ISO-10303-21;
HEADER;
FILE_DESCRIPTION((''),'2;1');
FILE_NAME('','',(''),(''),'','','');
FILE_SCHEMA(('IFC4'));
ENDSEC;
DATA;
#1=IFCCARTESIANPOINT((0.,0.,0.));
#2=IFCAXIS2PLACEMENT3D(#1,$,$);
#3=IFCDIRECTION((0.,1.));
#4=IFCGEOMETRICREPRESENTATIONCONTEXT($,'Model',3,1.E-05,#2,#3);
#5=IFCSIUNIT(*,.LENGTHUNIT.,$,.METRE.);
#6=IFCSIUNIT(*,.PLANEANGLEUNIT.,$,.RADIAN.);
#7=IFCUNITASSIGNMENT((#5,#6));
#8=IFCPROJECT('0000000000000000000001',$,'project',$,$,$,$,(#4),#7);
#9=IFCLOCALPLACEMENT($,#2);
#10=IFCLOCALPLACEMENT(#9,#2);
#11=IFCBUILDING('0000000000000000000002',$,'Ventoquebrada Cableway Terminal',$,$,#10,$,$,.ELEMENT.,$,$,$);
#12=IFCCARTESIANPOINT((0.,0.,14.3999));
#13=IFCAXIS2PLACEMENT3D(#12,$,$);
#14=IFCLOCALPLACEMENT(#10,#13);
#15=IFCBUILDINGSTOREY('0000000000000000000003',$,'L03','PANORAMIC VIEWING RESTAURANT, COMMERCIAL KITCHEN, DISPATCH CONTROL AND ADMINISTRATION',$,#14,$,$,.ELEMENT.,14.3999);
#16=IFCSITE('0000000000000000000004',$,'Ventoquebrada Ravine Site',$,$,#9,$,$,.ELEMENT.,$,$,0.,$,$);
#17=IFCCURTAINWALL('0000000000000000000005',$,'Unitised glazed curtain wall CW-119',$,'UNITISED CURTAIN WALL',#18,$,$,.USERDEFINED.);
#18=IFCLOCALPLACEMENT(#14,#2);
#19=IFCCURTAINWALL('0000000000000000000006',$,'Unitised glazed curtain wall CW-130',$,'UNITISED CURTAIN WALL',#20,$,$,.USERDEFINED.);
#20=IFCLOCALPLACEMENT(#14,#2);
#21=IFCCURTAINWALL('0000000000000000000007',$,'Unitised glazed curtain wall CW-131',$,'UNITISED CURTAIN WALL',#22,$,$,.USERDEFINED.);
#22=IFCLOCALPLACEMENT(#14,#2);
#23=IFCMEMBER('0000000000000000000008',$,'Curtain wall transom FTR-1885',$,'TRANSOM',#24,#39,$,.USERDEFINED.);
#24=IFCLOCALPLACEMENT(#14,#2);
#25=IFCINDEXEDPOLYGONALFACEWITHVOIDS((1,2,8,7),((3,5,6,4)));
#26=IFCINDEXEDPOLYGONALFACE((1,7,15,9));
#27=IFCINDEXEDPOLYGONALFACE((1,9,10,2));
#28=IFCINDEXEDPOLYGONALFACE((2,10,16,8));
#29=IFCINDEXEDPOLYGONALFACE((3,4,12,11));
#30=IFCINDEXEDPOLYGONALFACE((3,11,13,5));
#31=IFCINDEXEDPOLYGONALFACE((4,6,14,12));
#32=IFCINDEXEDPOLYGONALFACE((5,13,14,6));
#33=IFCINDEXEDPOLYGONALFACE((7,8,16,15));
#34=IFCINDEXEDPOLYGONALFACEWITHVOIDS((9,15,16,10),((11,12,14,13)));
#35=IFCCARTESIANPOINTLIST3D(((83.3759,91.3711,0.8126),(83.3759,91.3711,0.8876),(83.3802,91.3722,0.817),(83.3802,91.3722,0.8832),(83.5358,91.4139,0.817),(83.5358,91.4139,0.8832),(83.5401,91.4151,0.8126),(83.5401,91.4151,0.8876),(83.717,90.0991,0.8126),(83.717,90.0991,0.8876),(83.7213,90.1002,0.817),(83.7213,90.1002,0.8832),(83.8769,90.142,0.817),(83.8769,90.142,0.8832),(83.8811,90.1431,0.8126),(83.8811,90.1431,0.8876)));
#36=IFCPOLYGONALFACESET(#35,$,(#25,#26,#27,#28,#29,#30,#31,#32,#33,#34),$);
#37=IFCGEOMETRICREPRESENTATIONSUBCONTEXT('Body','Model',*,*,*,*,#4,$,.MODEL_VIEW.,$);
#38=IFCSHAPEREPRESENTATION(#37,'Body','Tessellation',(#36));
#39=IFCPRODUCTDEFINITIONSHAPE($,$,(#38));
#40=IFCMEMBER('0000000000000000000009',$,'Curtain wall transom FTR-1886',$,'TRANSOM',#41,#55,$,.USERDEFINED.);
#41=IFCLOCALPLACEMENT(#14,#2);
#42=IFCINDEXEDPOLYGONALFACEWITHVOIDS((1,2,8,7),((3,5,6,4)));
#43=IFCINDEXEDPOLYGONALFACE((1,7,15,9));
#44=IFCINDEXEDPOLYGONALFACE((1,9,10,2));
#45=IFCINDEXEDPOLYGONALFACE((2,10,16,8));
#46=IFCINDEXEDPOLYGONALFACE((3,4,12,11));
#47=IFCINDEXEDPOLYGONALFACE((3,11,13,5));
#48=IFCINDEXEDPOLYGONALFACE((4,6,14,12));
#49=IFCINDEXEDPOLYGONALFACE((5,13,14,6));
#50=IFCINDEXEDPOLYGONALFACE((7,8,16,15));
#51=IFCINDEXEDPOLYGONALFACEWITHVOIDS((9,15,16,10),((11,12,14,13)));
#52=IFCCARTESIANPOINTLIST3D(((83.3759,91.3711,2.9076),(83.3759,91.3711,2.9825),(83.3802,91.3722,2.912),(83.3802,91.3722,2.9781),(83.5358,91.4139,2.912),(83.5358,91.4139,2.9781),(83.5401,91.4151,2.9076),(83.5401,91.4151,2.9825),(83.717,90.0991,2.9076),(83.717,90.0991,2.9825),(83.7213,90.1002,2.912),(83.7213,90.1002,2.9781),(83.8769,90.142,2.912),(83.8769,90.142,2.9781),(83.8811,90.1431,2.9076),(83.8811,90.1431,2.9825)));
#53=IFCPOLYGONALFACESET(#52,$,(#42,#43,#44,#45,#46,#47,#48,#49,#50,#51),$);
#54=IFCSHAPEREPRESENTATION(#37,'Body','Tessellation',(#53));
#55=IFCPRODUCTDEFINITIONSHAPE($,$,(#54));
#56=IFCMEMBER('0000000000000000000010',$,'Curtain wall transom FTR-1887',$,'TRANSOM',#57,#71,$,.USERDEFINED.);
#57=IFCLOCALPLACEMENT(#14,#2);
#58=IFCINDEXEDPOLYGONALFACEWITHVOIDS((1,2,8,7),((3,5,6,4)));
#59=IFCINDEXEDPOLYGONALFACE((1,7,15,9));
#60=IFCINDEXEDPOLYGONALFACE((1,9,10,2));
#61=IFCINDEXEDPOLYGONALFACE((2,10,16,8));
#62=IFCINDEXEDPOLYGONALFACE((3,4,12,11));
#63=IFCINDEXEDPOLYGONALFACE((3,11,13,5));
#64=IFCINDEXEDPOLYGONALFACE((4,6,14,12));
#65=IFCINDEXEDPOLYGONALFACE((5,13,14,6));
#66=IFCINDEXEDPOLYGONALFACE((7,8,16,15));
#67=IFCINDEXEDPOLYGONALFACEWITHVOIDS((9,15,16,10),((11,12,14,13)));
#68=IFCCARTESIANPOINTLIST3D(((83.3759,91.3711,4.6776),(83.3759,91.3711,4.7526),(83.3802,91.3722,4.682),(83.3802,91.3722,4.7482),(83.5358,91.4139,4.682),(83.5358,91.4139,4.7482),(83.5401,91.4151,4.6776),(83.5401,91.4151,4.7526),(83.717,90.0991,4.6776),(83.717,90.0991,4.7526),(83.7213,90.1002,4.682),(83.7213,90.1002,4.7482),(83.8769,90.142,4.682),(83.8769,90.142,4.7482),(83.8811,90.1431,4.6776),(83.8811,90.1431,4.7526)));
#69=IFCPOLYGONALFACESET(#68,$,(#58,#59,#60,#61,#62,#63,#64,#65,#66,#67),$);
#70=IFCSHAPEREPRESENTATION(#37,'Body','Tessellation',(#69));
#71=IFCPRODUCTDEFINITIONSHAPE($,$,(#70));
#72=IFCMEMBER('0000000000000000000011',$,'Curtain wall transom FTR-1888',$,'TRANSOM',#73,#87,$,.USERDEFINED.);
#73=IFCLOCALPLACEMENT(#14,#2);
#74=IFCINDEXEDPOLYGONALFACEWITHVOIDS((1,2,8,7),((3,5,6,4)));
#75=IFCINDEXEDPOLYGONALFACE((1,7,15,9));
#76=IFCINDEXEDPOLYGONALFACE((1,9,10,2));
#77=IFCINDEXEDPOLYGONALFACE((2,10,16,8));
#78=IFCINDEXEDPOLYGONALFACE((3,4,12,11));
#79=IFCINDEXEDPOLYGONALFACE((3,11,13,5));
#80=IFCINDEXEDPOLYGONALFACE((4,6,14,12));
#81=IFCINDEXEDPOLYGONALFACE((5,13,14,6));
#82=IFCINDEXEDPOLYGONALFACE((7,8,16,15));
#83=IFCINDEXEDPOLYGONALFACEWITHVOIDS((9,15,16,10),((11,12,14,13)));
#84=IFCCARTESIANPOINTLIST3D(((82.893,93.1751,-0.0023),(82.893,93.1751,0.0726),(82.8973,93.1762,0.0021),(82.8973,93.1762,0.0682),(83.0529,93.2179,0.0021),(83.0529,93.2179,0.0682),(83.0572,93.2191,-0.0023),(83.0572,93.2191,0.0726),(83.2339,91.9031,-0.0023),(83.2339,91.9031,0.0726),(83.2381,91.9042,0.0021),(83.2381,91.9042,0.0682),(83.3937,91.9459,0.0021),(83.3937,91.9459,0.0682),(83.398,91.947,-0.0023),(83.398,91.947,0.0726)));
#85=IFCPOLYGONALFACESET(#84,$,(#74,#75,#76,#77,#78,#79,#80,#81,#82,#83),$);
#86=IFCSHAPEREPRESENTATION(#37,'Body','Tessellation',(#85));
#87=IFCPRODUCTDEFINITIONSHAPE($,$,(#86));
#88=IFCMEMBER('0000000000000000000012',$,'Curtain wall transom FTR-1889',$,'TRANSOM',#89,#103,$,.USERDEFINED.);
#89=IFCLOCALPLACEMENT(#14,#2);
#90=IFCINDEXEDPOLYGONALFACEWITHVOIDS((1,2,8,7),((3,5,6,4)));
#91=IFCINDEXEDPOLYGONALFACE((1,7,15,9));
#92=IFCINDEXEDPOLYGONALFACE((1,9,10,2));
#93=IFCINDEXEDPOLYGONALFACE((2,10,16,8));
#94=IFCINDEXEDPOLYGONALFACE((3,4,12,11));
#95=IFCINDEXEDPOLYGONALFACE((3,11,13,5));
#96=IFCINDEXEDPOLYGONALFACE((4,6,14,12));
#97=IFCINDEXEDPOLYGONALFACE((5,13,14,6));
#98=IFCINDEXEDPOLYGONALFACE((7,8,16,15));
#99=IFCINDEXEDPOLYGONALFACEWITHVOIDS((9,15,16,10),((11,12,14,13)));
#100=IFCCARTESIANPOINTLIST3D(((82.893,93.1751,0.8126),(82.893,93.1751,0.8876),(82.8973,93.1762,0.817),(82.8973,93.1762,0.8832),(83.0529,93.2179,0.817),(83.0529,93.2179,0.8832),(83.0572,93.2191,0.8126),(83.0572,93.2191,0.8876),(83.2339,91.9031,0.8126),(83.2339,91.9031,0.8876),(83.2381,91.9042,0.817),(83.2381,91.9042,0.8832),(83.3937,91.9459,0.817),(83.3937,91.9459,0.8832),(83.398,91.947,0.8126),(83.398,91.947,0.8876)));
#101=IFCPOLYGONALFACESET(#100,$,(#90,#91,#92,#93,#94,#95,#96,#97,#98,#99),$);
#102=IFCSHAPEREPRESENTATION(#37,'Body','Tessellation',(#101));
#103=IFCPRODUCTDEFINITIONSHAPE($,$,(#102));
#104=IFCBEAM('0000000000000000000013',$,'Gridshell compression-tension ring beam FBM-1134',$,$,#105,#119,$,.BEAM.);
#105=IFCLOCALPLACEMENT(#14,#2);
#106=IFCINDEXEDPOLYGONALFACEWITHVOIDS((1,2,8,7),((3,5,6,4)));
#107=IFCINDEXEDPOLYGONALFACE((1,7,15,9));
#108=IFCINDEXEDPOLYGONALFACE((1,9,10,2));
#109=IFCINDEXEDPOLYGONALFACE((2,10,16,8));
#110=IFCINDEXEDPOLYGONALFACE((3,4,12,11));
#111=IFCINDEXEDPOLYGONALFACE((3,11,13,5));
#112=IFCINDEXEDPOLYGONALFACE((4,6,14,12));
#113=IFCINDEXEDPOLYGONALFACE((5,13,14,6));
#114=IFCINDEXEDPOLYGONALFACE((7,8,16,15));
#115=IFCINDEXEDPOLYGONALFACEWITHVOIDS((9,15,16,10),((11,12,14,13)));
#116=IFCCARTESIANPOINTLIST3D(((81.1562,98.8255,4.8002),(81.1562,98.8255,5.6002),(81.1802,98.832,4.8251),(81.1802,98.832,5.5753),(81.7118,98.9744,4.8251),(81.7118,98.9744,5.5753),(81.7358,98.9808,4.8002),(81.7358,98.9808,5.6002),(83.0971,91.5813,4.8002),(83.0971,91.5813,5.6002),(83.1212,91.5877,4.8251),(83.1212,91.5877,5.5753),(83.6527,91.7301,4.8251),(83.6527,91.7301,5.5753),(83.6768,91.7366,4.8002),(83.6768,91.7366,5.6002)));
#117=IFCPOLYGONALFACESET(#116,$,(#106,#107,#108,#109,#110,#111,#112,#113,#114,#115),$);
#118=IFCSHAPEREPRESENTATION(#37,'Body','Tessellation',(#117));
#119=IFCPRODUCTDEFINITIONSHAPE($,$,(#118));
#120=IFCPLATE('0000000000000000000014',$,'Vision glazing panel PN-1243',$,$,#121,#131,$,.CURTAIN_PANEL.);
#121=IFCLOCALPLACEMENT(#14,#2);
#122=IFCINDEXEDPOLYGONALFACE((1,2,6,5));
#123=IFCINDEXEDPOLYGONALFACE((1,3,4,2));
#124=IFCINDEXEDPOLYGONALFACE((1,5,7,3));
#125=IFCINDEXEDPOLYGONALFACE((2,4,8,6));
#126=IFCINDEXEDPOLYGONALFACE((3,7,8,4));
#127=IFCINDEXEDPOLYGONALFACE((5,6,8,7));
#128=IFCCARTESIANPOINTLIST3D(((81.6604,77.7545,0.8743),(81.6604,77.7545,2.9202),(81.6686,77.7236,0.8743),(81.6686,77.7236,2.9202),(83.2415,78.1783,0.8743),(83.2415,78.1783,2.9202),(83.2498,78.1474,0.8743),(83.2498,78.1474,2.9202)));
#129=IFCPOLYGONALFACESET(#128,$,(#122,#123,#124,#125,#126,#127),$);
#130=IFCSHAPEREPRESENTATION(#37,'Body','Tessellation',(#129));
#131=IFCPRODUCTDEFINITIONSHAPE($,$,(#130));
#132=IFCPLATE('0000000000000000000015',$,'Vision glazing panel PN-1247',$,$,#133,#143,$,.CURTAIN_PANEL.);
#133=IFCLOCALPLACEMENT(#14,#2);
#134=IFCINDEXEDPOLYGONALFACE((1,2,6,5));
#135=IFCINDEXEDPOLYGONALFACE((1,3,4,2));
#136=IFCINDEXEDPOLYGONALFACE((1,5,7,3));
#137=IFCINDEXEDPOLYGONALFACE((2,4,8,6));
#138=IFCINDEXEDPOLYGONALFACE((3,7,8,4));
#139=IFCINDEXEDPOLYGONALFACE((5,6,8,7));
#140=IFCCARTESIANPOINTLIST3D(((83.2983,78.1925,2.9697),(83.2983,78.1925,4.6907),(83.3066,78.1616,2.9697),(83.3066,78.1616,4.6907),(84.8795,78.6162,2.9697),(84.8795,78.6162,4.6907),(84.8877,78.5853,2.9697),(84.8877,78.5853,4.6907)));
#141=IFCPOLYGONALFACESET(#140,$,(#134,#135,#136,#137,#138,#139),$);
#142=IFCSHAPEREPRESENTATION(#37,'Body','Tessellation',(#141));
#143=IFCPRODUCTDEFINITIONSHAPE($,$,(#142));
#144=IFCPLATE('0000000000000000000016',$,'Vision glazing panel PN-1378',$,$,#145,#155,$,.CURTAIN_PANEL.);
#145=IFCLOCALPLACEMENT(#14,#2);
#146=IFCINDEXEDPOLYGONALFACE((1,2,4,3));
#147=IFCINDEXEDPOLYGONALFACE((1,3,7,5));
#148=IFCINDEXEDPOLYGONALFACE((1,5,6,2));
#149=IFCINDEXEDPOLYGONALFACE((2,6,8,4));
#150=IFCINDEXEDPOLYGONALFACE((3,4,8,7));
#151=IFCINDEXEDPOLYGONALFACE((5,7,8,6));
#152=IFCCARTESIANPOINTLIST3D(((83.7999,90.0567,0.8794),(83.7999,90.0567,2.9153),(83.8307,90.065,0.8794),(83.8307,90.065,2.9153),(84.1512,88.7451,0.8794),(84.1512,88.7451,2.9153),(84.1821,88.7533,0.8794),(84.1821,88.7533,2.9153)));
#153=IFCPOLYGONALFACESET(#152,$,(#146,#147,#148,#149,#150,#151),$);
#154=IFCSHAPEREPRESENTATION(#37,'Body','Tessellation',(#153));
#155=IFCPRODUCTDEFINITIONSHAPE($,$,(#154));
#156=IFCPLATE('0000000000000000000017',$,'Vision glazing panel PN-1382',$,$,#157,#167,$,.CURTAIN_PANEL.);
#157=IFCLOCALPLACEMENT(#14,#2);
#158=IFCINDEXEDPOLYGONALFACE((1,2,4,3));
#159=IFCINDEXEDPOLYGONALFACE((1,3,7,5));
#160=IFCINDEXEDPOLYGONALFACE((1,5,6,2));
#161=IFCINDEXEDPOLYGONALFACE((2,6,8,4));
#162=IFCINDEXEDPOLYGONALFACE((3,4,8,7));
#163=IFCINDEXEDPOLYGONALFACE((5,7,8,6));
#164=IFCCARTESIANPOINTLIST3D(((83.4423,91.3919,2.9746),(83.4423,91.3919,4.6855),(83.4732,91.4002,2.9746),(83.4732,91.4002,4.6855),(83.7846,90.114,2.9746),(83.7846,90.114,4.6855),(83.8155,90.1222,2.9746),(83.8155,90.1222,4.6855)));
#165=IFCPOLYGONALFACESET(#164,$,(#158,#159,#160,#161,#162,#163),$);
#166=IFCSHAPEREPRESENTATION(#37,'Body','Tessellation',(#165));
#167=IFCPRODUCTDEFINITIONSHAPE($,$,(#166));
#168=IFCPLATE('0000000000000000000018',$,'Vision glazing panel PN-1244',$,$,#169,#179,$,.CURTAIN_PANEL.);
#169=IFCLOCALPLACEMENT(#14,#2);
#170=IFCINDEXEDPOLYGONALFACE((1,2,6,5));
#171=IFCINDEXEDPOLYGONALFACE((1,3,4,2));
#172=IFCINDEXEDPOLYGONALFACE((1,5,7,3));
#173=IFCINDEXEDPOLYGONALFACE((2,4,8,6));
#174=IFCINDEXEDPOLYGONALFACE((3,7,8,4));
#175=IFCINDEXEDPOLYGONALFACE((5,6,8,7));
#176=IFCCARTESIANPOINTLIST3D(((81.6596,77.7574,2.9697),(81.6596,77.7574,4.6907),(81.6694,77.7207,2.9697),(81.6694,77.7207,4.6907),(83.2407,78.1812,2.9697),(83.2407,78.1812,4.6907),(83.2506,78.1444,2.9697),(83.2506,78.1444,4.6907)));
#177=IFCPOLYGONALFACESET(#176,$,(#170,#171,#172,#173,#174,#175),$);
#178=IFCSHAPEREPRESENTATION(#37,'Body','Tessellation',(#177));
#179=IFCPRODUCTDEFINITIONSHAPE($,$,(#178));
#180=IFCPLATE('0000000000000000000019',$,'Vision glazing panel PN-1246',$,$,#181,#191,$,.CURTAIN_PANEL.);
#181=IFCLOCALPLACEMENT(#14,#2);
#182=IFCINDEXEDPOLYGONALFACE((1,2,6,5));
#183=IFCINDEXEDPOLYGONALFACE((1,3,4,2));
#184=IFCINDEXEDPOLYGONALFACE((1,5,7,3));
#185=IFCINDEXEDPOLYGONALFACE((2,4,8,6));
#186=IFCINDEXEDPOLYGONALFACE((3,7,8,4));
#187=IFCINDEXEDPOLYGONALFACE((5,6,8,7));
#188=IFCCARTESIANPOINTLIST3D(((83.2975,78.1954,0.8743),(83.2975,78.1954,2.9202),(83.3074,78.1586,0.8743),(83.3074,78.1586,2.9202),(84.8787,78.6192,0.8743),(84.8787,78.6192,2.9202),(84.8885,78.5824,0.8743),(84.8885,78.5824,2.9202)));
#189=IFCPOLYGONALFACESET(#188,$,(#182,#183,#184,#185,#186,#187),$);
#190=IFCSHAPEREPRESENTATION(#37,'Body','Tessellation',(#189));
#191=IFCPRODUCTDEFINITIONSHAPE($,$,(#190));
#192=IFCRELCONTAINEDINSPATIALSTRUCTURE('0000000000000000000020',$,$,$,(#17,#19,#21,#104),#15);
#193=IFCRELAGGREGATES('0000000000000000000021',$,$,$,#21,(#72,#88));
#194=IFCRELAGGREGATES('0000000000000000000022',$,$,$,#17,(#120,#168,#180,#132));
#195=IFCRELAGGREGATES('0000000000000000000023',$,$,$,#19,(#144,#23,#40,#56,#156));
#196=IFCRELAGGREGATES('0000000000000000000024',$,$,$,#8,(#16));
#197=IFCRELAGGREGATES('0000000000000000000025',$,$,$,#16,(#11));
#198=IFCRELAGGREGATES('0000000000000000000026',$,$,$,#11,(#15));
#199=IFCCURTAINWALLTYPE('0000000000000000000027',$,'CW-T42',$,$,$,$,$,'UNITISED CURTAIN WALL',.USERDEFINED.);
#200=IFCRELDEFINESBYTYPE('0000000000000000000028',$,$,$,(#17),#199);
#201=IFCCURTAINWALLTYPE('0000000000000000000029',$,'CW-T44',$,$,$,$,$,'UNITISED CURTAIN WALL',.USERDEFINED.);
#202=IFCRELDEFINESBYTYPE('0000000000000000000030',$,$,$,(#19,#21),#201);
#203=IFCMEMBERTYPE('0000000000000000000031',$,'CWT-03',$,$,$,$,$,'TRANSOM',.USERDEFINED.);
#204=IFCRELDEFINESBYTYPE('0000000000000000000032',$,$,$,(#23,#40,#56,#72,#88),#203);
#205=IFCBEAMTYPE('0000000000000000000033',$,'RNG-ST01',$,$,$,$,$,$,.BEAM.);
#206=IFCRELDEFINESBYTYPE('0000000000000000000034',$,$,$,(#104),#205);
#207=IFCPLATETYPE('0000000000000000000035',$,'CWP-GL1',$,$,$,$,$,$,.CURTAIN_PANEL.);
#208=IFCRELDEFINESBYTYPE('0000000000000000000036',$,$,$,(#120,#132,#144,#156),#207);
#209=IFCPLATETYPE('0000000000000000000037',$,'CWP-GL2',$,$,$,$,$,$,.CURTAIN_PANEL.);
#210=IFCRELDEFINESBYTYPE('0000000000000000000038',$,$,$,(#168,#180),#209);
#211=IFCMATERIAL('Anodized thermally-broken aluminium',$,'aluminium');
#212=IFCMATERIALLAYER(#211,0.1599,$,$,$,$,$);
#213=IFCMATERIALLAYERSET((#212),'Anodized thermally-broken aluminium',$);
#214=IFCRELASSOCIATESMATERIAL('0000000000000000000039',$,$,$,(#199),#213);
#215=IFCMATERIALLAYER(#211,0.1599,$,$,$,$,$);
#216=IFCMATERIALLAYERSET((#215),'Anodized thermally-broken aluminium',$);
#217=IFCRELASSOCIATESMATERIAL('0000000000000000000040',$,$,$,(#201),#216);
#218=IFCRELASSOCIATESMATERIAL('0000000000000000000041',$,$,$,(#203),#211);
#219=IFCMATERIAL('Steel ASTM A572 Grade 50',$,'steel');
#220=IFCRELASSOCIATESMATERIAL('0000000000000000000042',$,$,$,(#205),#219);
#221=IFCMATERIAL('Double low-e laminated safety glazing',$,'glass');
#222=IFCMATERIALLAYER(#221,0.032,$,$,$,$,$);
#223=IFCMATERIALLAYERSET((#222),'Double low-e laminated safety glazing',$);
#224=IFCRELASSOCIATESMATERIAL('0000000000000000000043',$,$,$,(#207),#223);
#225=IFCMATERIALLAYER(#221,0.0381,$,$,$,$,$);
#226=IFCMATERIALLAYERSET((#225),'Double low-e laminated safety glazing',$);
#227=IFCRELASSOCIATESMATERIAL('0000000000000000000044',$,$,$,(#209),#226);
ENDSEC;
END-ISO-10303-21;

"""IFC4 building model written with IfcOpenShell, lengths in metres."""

from ifc_helpers import new_model, si_unit, direction, frame, origin, origin_2d, place, context, subcontext, project, spatial, rectangle, hollow_rectangle, extrude, material, layer, layer_set, material_profile, profile_set, type_object, element, aggregate, save


model = new_model("IFC4")

# Units and contexts
model_context = context("Model", 3, precision=1e-05, world=origin(), true_north=direction((0.0, 1.0)))
body_context = subcontext(model_context, "Body", "Model", "MODEL_VIEW")
ifc_project = project(units=[si_unit("LENGTHUNIT", "METRE"), si_unit("PLANEANGLEUNIT", "RADIAN")], contexts=[model_context])

# Site, building, storey
site_placement = place(None, origin())
site = spatial("IfcSite", under=ifc_project, at=site_placement, Name="Ventoquebrada Ravine Site", CompositionType="ELEMENT", RefElevation=0.0)
building_placement = place(site_placement, origin())
building = spatial("IfcBuilding", under=site, at=building_placement, Name="Ventoquebrada Cableway Terminal", CompositionType="ELEMENT")
storey_placement = place(building_placement, frame((0.0, 0.0, 14.3999)))
storey = spatial("IfcBuildingStorey", under=building, at=storey_placement, Name="L03", Description="PANORAMIC VIEWING RESTAURANT, COMMERCIAL KITCHEN, DISPATCH CONTROL AND ADMINISTRATION", CompositionType="ELEMENT", Elevation=14.3999)

# Curtain walls
ifc_material_1 = material(Name="Anodized thermally-broken aluminium", Category="aluminium")
ifc_layer_1 = layer(ifc_material_1, 0.1599)
ifc_layer_set_1 = layer_set([ifc_layer_1], Name="Anodized thermally-broken aluminium")
curtain_wall_type_1 = type_object("IfcCurtainWallType", Name="CW-T42", ElementType="UNITISED CURTAIN WALL", PredefinedType="USERDEFINED", material=ifc_layer_set_1)
curtain_wall_1_placement = place(storey_placement, origin())
curtain_wall_1 = element("IfcCurtainWall", 1, at=curtain_wall_1_placement, inside=storey, type_object=curtain_wall_type_1, Name="Unitised glazed curtain wall CW-119", ObjectType="UNITISED CURTAIN WALL", PredefinedType="USERDEFINED")
ifc_layer_2 = layer(ifc_material_1, 0.1599)
ifc_layer_set_2 = layer_set([ifc_layer_2], Name="Anodized thermally-broken aluminium")
curtain_wall_type_2 = type_object("IfcCurtainWallType", Name="CW-T44", ElementType="UNITISED CURTAIN WALL", PredefinedType="USERDEFINED", material=ifc_layer_set_2)
curtain_wall_2_placement = place(storey_placement, origin())
curtain_wall_2 = element("IfcCurtainWall", 2, at=curtain_wall_2_placement, inside=storey, type_object=curtain_wall_type_2, Name="Unitised glazed curtain wall CW-130", ObjectType="UNITISED CURTAIN WALL", PredefinedType="USERDEFINED")

# Curtain wall
curtain_wall_3_placement = place(storey_placement, origin())
curtain_wall_3 = element("IfcCurtainWall", 3, at=curtain_wall_3_placement, inside=storey, type_object=curtain_wall_type_2, Name="Unitised glazed curtain wall CW-131", ObjectType="UNITISED CURTAIN WALL", PredefinedType="USERDEFINED")

# Members
ifc_material_profile_1 = material_profile(ifc_material_1, hollow_rectangle(XDim=0.075, YDim=0.1699, WallThickness=0.0044, at=origin_2d()), Name="CW-TRN-75X170")
ifc_profile_set_1 = profile_set([ifc_material_profile_1], Name="Anodized thermally-broken aluminium")
member_type_1 = type_object("IfcMemberType", Name="CWT-03", ElementType="TRANSOM", PredefinedType="USERDEFINED", material=ifc_profile_set_1)
member_1_placement = place(storey_placement, frame((83.7991, 90.1211, 0.8501), z_axis=(-0.258989, 0.96588, 0.0), x_axis=(0.0, 0.0, 1.0)))
member_1 = element("IfcMember", 4, at=member_1_placement, type_object=member_type_1, Name="Curtain wall transom FTR-1885", ObjectType="TRANSOM", PredefinedType="USERDEFINED", context=body_context, shape_type="SweptSolid", body=[
    extrude(hollow_rectangle(XDim=0.075, YDim=0.1699, WallThickness=0.0044, at=origin_2d()), origin(), (0.0, 0.0, 1.0), 1.3169),
])
member_2_placement = place(storey_placement, frame((83.7991, 90.1211, 2.9451), z_axis=(-0.258989, 0.96588, 0.0), x_axis=(0.0, 0.0, 1.0)))
member_2 = element("IfcMember", 5, at=member_2_placement, type_object=member_type_1, Name="Curtain wall transom FTR-1886", ObjectType="TRANSOM", PredefinedType="USERDEFINED", context=body_context, shape_type="SweptSolid", body=[
    extrude(hollow_rectangle(XDim=0.075, YDim=0.1699, WallThickness=0.0044, at=origin_2d()), origin(), (0.0, 0.0, 1.0), 1.3169),
])
member_3_placement = place(storey_placement, frame((83.7991, 90.1211, 4.7151), z_axis=(-0.258989, 0.96588, 0.0), x_axis=(0.0, 0.0, 1.0)))
member_3 = element("IfcMember", 6, at=member_3_placement, type_object=member_type_1, Name="Curtain wall transom FTR-1887", ObjectType="TRANSOM", PredefinedType="USERDEFINED", context=body_context, shape_type="SweptSolid", body=[
    extrude(hollow_rectangle(XDim=0.075, YDim=0.1699, WallThickness=0.0044, at=origin_2d()), origin(), (0.0, 0.0, 1.0), 1.3169),
])
member_4_placement = place(storey_placement, frame((83.3159, 91.925, 0.0352), z_axis=(-0.258816, 0.965927, 0.0), x_axis=(0.0, 0.0, 1.0)))
member_4 = element("IfcMember", 7, at=member_4_placement, type_object=member_type_1, Name="Curtain wall transom FTR-1888", ObjectType="TRANSOM", PredefinedType="USERDEFINED", context=body_context, shape_type="SweptSolid", body=[
    extrude(hollow_rectangle(XDim=0.075, YDim=0.1699, WallThickness=0.0044, at=origin_2d()), origin(), (0.0, 0.0, 1.0), 1.3169),
])
member_5_placement = place(storey_placement, frame((83.3159, 91.925, 0.8501), z_axis=(-0.258816, 0.965927, 0.0), x_axis=(0.0, 0.0, 1.0)))
member_5 = element("IfcMember", 8, at=member_5_placement, type_object=member_type_1, Name="Curtain wall transom FTR-1889", ObjectType="TRANSOM", PredefinedType="USERDEFINED", context=body_context, shape_type="SweptSolid", body=[
    extrude(hollow_rectangle(XDim=0.075, YDim=0.1699, WallThickness=0.0044, at=origin_2d()), origin(), (0.0, 0.0, 1.0), 1.3169),
])
aggregate(curtain_wall_3, [member_4, member_5])

# Beam
ifc_material_2 = material(Name="Steel ASTM A572 Grade 50", Category="steel")
ifc_material_profile_2 = material_profile(ifc_material_2, hollow_rectangle(XDim=0.6001, YDim=0.8, WallThickness=0.0249, at=origin_2d()), Name="BOX600X800X25")
ifc_profile_set_2 = profile_set([ifc_material_profile_2], Name="Steel ASTM A572 Grade 50")
beam_type = type_object("IfcBeamType", Name="RNG-ST01", PredefinedType="BEAM", material=ifc_profile_set_2)
beam_placement = place(storey_placement, frame((83.387, 91.6589, 5.2002), z_axis=(-0.258801, 0.965931, 0.0), x_axis=(-0.965931, -0.258801, 0.0)))
element("IfcBeam", 9, at=beam_placement, inside=storey, type_object=beam_type, Name="Gridshell compression-tension ring beam FBM-1134", PredefinedType="BEAM", context=body_context, shape_type="SweptSolid", body=[
    extrude(hollow_rectangle(XDim=0.6001, YDim=0.8, WallThickness=0.0249, at=origin_2d()), origin(), (0.0, 0.0, 1.0), 7.4998),
])

# Plates
ifc_material_3 = material(Name="Double low-e laminated safety glazing", Category="glass")
ifc_layer_3 = layer(ifc_material_3, 0.032)
ifc_layer_set_3 = layer_set([ifc_layer_3], Name="Double low-e laminated safety glazing")
plate_type_1 = type_object("IfcPlateType", Name="CWP-GL1", PredefinedType="CURTAIN_PANEL", material=ifc_layer_set_3)
plate_1_placement = place(storey_placement, frame((82.4551, 77.9509, 0.8743), z_axis=(0.0, 0.0, 1.0), x_axis=(0.965912, 0.25887, 0.0)))
plate_1 = element("IfcPlate", 10, at=plate_1_placement, type_object=plate_type_1, Name="Vision glazing panel PN-1243", PredefinedType="CURTAIN_PANEL", context=body_context, shape_type="SweptSolid", body=[
    extrude(rectangle(XDim=1.637, YDim=0.032, at=origin_2d()), origin(), (0.0, 0.0, 1.0), 2.0459),
])
plate_2_placement = place(storey_placement, frame((84.093, 78.3889, 2.9697), z_axis=(0.0, 0.0, 1.0), x_axis=(0.965912, 0.25887, 0.0)))
plate_2 = element("IfcPlate", 11, at=plate_2_placement, type_object=plate_type_1, Name="Vision glazing panel PN-1247", PredefinedType="CURTAIN_PANEL", context=body_context, shape_type="SweptSolid", body=[
    extrude(rectangle(XDim=1.637, YDim=0.032, at=origin_2d()), origin(), (0.0, 0.0, 1.0), 1.7209),
])
plate_3_placement = place(storey_placement, frame((83.991, 89.405, 0.8794), z_axis=(0.0, 0.0, 1.0), x_axis=(-0.258735, 0.965948, 0.0)))
plate_3 = element("IfcPlate", 12, at=plate_3_placement, type_object=plate_type_1, Name="Vision glazing panel PN-1378", PredefinedType="CURTAIN_PANEL", context=body_context, shape_type="SweptSolid", body=[
    extrude(rectangle(XDim=1.3579, YDim=0.032, at=origin_2d()), origin(), (0.0, 0.0, 1.0), 2.0359),
])
plate_4_placement = place(storey_placement, frame((83.6289, 90.7571, 2.9746), z_axis=(0.0, 0.0, 1.0), x_axis=(-0.258735, 0.965948, 0.0)))
plate_4 = element("IfcPlate", 13, at=plate_4_placement, type_object=plate_type_1, Name="Vision glazing panel PN-1382", PredefinedType="CURTAIN_PANEL", context=body_context, shape_type="SweptSolid", body=[
    extrude(rectangle(XDim=1.323, YDim=0.032, at=origin_2d()), origin(), (0.0, 0.0, 1.0), 1.7109),
])
ifc_layer_4 = layer(ifc_material_3, 0.0381)
ifc_layer_set_4 = layer_set([ifc_layer_4], Name="Double low-e laminated safety glazing")
plate_type_2 = type_object("IfcPlateType", Name="CWP-GL2", PredefinedType="CURTAIN_PANEL", material=ifc_layer_set_4)
plate_5_placement = place(storey_placement, frame((82.4551, 77.9509, 2.9697), z_axis=(0.0, 0.0, 1.0), x_axis=(0.965912, 0.25887, 0.0)))
plate_5 = element("IfcPlate", 14, at=plate_5_placement, type_object=plate_type_2, Name="Vision glazing panel PN-1244", PredefinedType="CURTAIN_PANEL", context=body_context, shape_type="SweptSolid", body=[
    extrude(rectangle(XDim=1.637, YDim=0.0381, at=origin_2d()), origin(), (0.0, 0.0, 1.0), 1.7209),
])
plate_6_placement = place(storey_placement, frame((84.093, 78.3889, 0.8743), z_axis=(0.0, 0.0, 1.0), x_axis=(0.965912, 0.25887, 0.0)))
plate_6 = element("IfcPlate", 15, at=plate_6_placement, type_object=plate_type_2, Name="Vision glazing panel PN-1246", PredefinedType="CURTAIN_PANEL", context=body_context, shape_type="SweptSolid", body=[
    extrude(rectangle(XDim=1.637, YDim=0.0381, at=origin_2d()), origin(), (0.0, 0.0, 1.0), 2.0459),
])
aggregate(curtain_wall_1, [plate_1, plate_5, plate_6, plate_2])
aggregate(curtain_wall_2, [plate_3, member_1, member_2, member_3, plate_4])

save(model, "model.ifc")
